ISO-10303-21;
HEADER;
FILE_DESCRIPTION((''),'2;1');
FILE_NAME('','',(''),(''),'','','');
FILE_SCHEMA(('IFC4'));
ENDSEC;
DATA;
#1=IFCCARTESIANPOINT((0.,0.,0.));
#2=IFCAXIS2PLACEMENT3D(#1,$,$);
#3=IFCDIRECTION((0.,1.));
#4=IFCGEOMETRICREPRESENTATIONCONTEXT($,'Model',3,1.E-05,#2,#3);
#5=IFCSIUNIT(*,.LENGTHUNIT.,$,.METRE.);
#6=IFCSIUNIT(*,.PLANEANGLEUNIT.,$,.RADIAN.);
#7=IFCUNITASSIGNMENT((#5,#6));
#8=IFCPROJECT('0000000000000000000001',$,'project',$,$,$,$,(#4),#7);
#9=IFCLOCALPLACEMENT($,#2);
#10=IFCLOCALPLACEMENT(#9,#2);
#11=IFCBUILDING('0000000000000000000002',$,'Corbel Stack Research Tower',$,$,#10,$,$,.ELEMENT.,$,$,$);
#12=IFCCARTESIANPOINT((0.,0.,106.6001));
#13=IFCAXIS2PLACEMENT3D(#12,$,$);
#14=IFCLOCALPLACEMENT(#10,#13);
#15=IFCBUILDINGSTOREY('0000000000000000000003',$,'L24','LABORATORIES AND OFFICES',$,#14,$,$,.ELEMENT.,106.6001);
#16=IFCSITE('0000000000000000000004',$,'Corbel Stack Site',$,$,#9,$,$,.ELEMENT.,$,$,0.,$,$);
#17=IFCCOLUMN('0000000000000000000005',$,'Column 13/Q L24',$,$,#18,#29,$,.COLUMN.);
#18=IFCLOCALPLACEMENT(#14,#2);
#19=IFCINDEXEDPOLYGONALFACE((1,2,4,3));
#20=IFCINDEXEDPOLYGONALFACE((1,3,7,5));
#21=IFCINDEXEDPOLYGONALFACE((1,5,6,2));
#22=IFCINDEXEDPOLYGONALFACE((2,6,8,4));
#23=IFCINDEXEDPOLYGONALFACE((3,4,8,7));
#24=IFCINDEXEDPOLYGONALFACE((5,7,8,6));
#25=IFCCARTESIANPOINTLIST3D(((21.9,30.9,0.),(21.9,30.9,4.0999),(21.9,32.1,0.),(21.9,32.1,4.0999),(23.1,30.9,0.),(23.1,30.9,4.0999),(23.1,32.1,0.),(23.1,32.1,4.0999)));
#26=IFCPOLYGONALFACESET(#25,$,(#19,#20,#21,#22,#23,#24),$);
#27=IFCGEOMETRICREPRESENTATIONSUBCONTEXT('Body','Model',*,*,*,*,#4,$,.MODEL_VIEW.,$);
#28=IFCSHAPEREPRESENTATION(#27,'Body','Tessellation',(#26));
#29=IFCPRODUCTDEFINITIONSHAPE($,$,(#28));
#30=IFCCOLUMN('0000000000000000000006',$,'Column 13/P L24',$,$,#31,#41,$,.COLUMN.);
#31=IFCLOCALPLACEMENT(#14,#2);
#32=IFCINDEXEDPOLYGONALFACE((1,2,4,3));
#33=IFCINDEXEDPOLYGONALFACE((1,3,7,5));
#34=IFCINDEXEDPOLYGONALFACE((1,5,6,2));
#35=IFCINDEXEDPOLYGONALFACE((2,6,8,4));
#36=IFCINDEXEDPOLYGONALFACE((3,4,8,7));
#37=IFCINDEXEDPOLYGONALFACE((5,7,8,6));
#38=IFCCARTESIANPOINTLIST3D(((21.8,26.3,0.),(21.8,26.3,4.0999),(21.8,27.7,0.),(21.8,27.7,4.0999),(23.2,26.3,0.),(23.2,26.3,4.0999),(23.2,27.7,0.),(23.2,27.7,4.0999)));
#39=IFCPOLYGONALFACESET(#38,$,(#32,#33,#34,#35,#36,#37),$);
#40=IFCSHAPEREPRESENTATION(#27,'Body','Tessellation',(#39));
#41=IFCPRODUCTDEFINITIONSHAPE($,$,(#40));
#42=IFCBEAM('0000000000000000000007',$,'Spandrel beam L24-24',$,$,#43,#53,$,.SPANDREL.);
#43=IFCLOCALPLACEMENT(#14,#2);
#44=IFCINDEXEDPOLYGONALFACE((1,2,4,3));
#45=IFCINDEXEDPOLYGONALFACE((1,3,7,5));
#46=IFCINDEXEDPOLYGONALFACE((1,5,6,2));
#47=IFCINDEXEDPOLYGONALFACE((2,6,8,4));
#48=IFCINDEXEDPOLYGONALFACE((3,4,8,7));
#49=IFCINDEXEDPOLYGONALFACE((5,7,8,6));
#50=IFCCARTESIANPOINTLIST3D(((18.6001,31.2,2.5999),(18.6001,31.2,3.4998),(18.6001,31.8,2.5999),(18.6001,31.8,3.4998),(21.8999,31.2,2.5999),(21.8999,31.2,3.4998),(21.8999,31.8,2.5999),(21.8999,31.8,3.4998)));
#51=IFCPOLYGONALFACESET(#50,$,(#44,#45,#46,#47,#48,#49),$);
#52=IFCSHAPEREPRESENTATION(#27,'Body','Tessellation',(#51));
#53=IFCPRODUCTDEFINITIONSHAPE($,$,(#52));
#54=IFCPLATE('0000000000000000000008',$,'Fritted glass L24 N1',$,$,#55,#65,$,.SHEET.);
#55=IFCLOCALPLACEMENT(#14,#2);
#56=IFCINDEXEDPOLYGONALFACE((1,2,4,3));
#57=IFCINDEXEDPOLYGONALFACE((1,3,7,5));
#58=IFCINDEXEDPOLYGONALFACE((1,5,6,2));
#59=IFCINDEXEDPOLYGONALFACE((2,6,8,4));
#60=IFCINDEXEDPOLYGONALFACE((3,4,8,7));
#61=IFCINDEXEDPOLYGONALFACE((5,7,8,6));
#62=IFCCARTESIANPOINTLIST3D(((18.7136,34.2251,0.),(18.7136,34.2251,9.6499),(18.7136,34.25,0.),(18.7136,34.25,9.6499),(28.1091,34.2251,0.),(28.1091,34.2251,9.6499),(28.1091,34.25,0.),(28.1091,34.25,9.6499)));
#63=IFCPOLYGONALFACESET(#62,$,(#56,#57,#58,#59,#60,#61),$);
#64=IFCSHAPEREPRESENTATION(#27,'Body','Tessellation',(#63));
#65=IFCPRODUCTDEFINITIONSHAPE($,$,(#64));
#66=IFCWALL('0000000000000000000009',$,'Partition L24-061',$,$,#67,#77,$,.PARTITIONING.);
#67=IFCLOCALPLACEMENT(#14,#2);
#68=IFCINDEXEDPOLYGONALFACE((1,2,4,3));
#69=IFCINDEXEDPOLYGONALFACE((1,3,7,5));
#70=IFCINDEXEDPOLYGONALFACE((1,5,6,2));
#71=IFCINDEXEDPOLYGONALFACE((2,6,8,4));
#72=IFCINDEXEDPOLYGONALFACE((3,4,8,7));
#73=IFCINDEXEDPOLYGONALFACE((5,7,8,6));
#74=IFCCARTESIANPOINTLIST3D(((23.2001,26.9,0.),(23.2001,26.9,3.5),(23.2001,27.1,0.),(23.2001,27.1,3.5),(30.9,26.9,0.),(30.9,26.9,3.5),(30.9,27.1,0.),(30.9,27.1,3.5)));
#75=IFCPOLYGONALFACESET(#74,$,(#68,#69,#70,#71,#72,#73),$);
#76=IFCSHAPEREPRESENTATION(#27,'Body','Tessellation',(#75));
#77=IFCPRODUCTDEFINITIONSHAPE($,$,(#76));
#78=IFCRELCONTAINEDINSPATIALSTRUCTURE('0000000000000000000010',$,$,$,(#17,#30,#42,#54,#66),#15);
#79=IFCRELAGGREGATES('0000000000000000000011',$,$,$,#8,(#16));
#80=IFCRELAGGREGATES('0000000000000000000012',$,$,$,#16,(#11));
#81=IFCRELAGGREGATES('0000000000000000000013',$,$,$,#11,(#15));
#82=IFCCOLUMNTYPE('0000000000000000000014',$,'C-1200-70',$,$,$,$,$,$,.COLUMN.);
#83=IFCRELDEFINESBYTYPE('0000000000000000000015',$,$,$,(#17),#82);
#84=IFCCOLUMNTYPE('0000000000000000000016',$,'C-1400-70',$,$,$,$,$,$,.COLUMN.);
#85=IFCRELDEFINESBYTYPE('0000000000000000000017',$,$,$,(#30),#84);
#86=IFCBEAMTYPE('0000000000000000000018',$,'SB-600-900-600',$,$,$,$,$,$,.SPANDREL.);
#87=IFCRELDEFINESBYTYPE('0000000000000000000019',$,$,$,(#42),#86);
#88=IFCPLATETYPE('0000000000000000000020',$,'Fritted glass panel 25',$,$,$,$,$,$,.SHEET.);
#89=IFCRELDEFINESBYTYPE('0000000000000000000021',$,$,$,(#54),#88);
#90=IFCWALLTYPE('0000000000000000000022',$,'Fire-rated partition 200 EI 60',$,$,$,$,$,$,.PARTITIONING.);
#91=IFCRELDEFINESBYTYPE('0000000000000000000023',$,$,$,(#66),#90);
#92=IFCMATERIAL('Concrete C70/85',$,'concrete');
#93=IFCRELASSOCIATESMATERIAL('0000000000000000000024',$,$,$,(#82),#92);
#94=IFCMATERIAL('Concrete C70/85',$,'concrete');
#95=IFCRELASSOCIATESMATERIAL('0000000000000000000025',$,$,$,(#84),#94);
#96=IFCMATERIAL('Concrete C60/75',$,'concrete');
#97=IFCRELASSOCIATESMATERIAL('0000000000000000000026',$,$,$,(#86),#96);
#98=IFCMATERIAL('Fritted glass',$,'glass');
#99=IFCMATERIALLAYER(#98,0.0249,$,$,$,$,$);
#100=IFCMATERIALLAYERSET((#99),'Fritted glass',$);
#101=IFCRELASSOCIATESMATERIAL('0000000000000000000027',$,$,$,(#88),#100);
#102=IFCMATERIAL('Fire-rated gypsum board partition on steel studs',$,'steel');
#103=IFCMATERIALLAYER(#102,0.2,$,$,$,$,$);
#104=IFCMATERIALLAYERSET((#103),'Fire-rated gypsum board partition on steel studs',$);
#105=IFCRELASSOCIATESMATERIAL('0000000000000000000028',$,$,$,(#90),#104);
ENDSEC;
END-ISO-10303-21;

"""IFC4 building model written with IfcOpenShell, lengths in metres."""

from ifc_helpers import new_model, si_unit, direction, frame, frame_2d, origin, origin_2d, place, context, subcontext, project, spatial, rectangle, extrude, material, layer, layer_set, material_profile, profile_set, type_object, element, save


model = new_model("IFC4")

# Units and contexts
model_context = context("Model", 3, precision=1e-05, world=origin(), true_north=direction((0.0, 1.0)))
body_context = subcontext(model_context, "Body", "Model", "MODEL_VIEW")
ifc_project = project(units=[si_unit("LENGTHUNIT", "METRE"), si_unit("PLANEANGLEUNIT", "RADIAN")], contexts=[model_context])

# Site, building, storey
site_placement = place(None, origin())
site = spatial("IfcSite", under=ifc_project, at=site_placement, Name="Corbel Stack Site", CompositionType="ELEMENT", RefElevation=0.0)
building_placement = place(site_placement, origin())
building = spatial("IfcBuilding", under=site, at=building_placement, Name="Corbel Stack Research Tower", CompositionType="ELEMENT")
storey_placement = place(building_placement, frame((0.0, 0.0, 106.6001)))
storey = spatial("IfcBuildingStorey", under=building, at=storey_placement, Name="L24", Description="LABORATORIES AND OFFICES", CompositionType="ELEMENT", Elevation=106.6001)

# Columns
ifc_material_1 = material(Name="Concrete C70/85", Category="concrete")
ifc_material_profile_1 = material_profile(ifc_material_1, rectangle(XDim=1.2, YDim=1.2, at=origin_2d()), Name="RC 1200 x 1200")
ifc_profile_set_1 = profile_set([ifc_material_profile_1], Name="Concrete C70/85")
column_type_1 = type_object("IfcColumnType", Name="C-1200-70", PredefinedType="COLUMN", material=ifc_profile_set_1)
column_1_placement = place(storey_placement, frame((22.5, 31.5, 0.0), z_axis=(0.0, 0.0, 1.0), x_axis=(1.0, 0.0, 0.0)))
element("IfcColumn", 1, at=column_1_placement, inside=storey, type_object=column_type_1, Name="Column 13/Q L24", PredefinedType="COLUMN", context=body_context, shape_type="SweptSolid", body=[
    extrude(rectangle(XDim=1.2, YDim=1.2, at=origin_2d()), origin(), (0.0, 0.0, 1.0), 4.0999),
])
ifc_material_2 = material(Name="Concrete C70/85", Category="concrete")
ifc_material_profile_2 = material_profile(ifc_material_2, rectangle(XDim=1.3999, YDim=1.3999, at=origin_2d()), Name="RC 1400 x 1400")
ifc_profile_set_2 = profile_set([ifc_material_profile_2], Name="Concrete C70/85")
column_type_2 = type_object("IfcColumnType", Name="C-1400-70", PredefinedType="COLUMN", material=ifc_profile_set_2)
column_2_placement = place(storey_placement, frame((22.5, 27.0, 0.0), z_axis=(0.0, 0.0, 1.0), x_axis=(1.0, 0.0, 0.0)))
element("IfcColumn", 2, at=column_2_placement, inside=storey, type_object=column_type_2, Name="Column 13/P L24", PredefinedType="COLUMN", context=body_context, shape_type="SweptSolid", body=[
    extrude(rectangle(XDim=1.3999, YDim=1.3999, at=origin_2d()), origin(), (0.0, 0.0, 1.0), 4.0999),
])

# Beam
ifc_material_3 = material(Name="Concrete C60/75", Category="concrete")
ifc_material_profile_3 = material_profile(ifc_material_3, rectangle(XDim=0.6001, YDim=0.8999, at=origin_2d()), Name="RC 600 x 900")
ifc_profile_set_3 = profile_set([ifc_material_profile_3], Name="Concrete C60/75")
beam_type = type_object("IfcBeamType", Name="SB-600-900-600", PredefinedType="SPANDREL", material=ifc_profile_set_3)
beam_placement = place(storey_placement, frame((21.8999, 31.5, 3.0498), z_axis=(-1.0, 0.0, 0.0), x_axis=(0.0, -1.0, 0.0)))
element("IfcBeam", 3, at=beam_placement, inside=storey, type_object=beam_type, Name="Spandrel beam L24-24", PredefinedType="SPANDREL", context=body_context, shape_type="SweptSolid", body=[
    extrude(rectangle(XDim=0.6001, YDim=0.8999, at=origin_2d()), origin(), (0.0, 0.0, 1.0), 3.2998),
])

# Plate
ifc_material_4 = material(Name="Fritted glass", Category="glass")
ifc_layer_1 = layer(ifc_material_4, 0.0249)
ifc_layer_set_1 = layer_set([ifc_layer_1], Name="Fritted glass")
plate_type = type_object("IfcPlateType", Name="Fritted glass panel 25", PredefinedType="SHEET", material=ifc_layer_set_1)
plate_placement = place(storey_placement, frame((23.4114, 34.2375, 0.0), z_axis=(0.0, 0.0, 1.0), x_axis=(-1.0, 0.0, 0.0)))
element("IfcPlate", 4, at=plate_placement, inside=storey, type_object=plate_type, Name="Fritted glass L24 N1", PredefinedType="SHEET", context=body_context, shape_type="SweptSolid", body=[
    extrude(rectangle(XDim=9.3955, YDim=0.0249, at=origin_2d()), origin(), (0.0, 0.0, 1.0), 9.6499),
])

# Wall
ifc_material_5 = material(Name="Fire-rated gypsum board partition on steel studs", Category="steel")
ifc_layer_2 = layer(ifc_material_5, 0.2)
ifc_layer_set_2 = layer_set([ifc_layer_2], Name="Fire-rated gypsum board partition on steel studs")
wall_type_1 = type_object("IfcWallType", Name="Fire-rated partition 200 EI 60", PredefinedType="PARTITIONING", material=ifc_layer_set_2)
wall_1_placement = place(storey_placement, frame((23.2, 27.0, 0.0), z_axis=(0.0, 0.0, 1.0), x_axis=(1.0, 0.0, 0.0)))
element("IfcWall", 5, at=wall_1_placement, inside=storey, type_object=wall_type_1, Name="Partition L24-061", PredefinedType="PARTITIONING", context=body_context, shape_type="SweptSolid", body=[
    extrude(rectangle(XDim=7.7, YDim=0.2, at=frame_2d((3.8501, 0.0))), origin(), (0.0, 0.0, 1.0), 3.5),
])

save(model, "model.ifc")
